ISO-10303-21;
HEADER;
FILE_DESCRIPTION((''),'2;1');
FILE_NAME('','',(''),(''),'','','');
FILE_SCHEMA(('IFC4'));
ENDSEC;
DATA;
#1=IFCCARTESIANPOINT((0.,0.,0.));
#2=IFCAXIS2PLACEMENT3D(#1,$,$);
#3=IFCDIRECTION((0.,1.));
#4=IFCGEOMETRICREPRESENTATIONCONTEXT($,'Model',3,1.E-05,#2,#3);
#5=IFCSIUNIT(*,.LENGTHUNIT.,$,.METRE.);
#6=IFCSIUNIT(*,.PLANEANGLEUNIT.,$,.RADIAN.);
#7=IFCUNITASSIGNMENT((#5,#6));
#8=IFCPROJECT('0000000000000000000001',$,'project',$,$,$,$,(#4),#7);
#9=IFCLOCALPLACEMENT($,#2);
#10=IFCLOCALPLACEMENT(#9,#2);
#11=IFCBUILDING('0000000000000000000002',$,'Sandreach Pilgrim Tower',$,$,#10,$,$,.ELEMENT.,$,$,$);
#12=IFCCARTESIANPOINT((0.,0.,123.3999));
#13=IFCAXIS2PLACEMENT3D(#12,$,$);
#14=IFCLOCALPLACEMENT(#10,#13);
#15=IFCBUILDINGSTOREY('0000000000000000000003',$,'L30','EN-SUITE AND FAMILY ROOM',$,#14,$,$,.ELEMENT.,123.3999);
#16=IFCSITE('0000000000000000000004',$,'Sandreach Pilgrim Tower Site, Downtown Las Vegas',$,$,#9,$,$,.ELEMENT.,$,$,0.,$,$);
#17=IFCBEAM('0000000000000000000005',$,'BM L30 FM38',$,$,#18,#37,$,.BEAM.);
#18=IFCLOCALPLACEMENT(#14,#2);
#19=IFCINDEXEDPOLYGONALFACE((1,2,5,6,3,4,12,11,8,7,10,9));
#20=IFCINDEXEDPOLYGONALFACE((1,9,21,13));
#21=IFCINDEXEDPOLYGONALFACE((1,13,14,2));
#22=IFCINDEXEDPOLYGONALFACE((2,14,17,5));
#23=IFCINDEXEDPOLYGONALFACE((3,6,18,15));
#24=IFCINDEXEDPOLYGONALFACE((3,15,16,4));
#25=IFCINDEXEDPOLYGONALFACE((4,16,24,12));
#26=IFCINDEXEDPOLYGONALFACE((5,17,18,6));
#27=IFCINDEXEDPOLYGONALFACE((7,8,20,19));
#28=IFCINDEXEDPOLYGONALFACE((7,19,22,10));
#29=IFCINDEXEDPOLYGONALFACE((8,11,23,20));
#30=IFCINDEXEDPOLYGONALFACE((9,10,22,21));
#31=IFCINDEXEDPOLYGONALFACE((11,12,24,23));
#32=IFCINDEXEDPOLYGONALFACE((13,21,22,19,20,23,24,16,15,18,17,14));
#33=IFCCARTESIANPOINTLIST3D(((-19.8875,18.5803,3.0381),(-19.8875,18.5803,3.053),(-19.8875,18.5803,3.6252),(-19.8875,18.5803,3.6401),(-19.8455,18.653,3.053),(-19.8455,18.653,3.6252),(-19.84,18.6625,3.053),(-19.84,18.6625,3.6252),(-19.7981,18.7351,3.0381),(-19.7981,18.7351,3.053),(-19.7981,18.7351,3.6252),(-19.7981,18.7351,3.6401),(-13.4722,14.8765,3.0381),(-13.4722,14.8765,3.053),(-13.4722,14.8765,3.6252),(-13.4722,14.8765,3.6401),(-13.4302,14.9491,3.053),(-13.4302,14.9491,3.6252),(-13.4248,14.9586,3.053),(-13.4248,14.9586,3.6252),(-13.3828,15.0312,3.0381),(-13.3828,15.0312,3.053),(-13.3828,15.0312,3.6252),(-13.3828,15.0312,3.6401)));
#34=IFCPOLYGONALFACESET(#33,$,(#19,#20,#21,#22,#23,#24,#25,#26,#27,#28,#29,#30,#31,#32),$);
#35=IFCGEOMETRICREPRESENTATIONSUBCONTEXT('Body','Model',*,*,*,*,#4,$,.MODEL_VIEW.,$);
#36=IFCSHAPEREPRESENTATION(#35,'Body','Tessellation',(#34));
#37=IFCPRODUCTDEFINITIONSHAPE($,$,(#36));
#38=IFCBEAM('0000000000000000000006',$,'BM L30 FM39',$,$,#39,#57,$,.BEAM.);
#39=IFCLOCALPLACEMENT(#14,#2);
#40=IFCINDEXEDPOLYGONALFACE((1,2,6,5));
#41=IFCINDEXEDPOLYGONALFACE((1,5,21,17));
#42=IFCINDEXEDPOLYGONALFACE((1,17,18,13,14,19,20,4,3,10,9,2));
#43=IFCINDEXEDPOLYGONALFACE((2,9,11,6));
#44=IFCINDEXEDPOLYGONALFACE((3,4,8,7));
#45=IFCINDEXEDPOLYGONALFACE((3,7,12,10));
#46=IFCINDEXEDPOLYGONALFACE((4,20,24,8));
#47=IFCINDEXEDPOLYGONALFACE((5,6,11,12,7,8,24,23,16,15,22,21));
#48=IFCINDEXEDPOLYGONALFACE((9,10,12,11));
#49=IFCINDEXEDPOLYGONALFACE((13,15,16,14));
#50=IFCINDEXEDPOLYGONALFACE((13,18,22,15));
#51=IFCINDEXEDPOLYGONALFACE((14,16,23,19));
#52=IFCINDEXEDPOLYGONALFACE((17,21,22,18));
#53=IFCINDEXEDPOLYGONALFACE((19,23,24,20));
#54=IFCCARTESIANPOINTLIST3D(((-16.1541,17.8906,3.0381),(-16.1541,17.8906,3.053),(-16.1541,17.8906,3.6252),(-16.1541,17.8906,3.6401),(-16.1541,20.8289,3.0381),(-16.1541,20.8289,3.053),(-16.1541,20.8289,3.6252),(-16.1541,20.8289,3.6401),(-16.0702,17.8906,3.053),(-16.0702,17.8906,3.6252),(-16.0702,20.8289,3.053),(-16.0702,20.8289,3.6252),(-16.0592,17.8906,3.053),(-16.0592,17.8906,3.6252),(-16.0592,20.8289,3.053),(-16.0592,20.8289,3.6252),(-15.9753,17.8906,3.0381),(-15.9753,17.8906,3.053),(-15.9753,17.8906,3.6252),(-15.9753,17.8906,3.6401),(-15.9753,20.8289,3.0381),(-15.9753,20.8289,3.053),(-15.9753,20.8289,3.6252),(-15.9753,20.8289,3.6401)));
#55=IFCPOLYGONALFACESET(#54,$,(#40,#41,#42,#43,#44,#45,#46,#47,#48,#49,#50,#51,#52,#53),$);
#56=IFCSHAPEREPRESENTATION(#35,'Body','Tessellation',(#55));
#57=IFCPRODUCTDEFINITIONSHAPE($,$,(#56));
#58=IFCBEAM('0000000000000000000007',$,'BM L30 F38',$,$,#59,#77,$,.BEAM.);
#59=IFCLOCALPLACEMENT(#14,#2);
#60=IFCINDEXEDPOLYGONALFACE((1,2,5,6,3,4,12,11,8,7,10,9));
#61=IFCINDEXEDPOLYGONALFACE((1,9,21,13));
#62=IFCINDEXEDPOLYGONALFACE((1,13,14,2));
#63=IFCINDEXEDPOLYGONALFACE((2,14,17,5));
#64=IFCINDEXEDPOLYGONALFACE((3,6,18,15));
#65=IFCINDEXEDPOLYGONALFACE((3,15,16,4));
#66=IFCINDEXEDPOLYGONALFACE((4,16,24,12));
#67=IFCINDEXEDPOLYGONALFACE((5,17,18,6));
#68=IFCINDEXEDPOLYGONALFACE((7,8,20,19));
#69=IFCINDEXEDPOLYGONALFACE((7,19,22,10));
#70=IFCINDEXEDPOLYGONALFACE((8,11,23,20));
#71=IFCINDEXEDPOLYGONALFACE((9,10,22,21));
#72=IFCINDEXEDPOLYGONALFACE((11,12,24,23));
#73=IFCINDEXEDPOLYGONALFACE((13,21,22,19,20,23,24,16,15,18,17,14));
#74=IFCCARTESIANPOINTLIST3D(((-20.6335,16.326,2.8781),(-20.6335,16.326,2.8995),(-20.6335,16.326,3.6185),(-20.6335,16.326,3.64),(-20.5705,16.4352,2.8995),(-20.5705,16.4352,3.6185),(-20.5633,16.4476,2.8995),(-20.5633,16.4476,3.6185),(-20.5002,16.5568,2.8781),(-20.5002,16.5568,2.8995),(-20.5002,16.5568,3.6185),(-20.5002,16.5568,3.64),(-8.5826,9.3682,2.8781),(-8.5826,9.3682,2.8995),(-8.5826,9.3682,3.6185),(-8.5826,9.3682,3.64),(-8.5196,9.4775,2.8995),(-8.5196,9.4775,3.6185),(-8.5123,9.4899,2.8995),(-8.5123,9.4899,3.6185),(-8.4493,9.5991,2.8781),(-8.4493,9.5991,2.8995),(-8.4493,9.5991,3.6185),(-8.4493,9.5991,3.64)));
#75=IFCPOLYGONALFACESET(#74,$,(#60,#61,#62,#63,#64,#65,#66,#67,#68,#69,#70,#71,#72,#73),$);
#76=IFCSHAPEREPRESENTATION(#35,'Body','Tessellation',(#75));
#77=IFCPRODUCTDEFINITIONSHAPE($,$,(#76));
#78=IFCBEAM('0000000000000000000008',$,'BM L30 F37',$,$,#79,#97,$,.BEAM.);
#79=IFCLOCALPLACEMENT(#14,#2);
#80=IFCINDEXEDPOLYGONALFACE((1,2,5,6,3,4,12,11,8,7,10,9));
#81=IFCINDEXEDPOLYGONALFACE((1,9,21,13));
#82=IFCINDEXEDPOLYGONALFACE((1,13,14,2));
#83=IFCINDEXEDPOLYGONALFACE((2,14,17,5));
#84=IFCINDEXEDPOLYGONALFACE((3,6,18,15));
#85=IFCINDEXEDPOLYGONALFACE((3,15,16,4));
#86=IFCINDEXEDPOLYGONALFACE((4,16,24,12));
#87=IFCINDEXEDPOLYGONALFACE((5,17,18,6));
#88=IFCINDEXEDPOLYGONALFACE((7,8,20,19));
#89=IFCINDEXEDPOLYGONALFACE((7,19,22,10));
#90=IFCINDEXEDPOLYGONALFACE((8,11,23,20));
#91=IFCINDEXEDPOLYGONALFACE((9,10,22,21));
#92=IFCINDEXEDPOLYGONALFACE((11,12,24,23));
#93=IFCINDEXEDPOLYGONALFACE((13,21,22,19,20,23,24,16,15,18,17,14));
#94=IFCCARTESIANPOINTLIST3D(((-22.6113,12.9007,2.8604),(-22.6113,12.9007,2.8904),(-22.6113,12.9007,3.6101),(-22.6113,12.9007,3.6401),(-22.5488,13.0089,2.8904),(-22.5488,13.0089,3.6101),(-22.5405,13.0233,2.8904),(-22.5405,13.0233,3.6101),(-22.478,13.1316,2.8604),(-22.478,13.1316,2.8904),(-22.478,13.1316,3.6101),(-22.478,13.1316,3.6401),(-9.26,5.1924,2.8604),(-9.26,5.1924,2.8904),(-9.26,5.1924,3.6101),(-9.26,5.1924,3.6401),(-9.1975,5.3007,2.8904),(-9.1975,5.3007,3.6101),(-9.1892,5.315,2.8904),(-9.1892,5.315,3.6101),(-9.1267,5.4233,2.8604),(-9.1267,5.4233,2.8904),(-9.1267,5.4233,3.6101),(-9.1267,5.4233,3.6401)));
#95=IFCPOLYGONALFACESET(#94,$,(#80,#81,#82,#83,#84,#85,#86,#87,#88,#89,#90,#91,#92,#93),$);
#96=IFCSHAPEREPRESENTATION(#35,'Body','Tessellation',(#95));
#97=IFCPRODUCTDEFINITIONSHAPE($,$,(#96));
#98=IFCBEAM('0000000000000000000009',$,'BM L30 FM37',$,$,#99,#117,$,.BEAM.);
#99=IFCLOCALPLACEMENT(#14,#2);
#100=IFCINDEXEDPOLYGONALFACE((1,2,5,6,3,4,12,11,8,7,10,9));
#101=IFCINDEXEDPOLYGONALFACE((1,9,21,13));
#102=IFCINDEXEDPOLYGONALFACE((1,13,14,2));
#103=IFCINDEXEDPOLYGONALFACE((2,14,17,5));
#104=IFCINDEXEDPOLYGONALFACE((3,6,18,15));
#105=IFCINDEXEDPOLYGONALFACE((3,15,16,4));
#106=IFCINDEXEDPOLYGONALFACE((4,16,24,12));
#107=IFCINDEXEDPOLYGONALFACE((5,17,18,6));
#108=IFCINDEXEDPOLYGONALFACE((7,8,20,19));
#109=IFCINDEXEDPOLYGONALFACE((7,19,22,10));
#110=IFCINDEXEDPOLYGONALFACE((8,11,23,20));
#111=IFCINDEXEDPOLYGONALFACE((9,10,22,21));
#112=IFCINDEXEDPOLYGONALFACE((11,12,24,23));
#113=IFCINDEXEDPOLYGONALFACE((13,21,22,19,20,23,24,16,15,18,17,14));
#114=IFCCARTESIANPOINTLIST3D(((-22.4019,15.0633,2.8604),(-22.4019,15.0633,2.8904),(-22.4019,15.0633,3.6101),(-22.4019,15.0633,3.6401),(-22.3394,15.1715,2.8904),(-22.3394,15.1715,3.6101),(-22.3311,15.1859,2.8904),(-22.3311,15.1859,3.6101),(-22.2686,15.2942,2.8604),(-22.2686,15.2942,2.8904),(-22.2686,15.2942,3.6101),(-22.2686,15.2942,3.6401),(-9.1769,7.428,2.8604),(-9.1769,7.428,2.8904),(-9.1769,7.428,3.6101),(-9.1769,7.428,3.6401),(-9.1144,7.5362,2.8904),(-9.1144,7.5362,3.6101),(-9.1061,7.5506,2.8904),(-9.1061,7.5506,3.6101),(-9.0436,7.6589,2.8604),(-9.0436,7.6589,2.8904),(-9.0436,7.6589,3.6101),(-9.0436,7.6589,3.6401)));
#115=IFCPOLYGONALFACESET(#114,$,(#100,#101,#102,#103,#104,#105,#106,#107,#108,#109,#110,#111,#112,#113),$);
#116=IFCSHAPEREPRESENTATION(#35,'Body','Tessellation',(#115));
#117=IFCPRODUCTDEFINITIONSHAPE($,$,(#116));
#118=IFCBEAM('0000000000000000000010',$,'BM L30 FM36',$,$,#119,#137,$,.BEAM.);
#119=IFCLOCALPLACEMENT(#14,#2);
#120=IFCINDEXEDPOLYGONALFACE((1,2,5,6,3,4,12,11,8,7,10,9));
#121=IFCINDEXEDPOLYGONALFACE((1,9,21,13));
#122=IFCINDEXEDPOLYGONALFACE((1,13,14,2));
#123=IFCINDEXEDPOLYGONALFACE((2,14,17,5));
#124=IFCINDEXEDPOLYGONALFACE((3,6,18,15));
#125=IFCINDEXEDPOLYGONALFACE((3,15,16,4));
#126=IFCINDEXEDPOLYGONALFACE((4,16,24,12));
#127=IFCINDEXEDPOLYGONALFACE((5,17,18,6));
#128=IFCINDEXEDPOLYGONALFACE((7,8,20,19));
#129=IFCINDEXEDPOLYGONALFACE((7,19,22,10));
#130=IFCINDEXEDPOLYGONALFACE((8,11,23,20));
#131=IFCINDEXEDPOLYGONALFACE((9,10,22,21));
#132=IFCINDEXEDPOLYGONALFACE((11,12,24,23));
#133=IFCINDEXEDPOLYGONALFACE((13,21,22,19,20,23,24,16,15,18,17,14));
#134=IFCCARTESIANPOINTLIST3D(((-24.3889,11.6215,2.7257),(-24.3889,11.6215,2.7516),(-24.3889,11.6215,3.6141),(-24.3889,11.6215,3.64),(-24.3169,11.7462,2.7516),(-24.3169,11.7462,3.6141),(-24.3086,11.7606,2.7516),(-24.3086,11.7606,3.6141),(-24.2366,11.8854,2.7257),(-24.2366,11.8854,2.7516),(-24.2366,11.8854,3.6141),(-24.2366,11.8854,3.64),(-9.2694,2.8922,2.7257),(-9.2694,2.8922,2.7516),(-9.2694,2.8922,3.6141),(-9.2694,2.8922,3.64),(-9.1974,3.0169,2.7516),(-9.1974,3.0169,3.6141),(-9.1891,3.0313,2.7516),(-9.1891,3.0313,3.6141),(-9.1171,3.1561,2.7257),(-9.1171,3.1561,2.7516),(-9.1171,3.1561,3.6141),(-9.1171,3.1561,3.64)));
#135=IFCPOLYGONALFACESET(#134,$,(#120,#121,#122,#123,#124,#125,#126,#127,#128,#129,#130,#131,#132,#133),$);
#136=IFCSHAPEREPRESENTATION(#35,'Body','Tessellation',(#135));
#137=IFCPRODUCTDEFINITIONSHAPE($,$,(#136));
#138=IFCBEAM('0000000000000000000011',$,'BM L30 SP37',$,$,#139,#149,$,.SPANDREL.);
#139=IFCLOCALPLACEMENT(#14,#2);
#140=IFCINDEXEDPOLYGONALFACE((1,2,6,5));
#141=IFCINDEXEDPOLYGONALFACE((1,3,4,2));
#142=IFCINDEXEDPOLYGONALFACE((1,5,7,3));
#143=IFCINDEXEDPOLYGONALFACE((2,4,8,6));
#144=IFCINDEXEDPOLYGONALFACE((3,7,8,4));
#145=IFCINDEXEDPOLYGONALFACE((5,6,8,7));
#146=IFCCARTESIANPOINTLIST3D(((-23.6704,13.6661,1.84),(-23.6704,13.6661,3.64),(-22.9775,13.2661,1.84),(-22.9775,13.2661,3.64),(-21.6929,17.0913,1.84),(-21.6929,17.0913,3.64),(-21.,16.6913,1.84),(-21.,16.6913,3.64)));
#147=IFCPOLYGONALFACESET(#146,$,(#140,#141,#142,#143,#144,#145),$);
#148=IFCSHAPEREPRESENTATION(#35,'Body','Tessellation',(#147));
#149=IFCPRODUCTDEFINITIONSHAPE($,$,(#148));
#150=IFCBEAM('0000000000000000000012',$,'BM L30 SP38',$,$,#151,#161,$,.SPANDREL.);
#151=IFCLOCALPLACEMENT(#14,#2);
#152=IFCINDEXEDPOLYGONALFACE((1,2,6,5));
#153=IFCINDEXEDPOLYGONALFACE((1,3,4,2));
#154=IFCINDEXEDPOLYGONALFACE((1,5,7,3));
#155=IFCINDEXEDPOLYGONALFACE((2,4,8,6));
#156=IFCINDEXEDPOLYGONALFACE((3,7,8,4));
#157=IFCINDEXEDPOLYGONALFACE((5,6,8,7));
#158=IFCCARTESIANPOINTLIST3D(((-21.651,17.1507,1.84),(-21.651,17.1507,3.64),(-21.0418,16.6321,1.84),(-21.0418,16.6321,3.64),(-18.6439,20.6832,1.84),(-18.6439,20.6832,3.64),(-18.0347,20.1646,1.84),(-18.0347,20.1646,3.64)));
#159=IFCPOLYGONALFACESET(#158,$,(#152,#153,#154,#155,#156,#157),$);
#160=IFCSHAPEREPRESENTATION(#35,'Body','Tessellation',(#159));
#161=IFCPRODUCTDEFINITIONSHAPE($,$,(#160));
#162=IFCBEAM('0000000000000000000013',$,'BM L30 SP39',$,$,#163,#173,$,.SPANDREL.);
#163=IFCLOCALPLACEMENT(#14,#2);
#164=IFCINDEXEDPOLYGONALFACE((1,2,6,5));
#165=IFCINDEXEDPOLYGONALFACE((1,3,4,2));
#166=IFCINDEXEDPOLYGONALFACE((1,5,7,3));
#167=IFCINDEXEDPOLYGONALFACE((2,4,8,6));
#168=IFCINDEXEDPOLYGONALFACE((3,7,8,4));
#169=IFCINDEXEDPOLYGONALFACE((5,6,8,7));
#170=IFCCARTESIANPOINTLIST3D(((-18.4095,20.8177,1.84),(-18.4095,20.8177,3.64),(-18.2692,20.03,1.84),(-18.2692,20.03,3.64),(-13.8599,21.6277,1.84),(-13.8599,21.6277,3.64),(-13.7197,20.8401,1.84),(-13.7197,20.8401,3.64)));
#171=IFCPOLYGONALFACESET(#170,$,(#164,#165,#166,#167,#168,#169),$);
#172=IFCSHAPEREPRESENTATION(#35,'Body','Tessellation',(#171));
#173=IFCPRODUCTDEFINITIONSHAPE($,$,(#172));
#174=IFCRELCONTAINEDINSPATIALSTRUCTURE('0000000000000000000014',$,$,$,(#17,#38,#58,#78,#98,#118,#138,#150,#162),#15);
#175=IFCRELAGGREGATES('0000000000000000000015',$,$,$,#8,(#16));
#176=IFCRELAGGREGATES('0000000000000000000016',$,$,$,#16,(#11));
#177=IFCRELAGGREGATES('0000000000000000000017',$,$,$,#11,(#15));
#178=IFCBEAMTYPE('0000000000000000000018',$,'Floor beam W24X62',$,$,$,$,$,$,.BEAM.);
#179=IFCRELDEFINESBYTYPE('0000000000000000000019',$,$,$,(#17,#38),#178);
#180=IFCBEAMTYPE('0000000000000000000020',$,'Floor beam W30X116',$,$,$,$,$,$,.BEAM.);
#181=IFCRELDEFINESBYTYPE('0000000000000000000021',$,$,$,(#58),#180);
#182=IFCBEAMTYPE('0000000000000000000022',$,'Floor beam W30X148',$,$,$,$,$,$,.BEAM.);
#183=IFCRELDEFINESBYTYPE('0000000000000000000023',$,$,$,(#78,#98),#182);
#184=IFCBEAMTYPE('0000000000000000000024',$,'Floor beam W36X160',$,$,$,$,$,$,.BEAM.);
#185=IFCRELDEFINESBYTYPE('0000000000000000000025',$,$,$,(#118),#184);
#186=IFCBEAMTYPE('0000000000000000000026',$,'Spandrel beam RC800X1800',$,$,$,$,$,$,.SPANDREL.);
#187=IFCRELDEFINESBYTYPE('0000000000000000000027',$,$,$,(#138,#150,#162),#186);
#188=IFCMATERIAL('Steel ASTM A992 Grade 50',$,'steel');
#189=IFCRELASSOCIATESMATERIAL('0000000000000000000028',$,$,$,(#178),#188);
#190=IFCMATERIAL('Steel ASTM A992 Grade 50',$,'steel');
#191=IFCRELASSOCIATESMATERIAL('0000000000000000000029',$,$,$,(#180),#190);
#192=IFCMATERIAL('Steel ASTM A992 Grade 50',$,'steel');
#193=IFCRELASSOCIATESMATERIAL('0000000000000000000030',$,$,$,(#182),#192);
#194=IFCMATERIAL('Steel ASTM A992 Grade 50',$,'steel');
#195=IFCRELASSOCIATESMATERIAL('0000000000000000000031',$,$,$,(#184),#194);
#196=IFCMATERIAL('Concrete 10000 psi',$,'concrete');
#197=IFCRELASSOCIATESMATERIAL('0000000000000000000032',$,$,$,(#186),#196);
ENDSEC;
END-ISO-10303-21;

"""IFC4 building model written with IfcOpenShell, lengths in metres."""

from ifc_helpers import new_model, si_unit, direction, frame, origin, origin_2d, place, context, subcontext, project, spatial, rectangle, i_section, extrude, material, material_profile, profile_set, type_object, element, save


model = new_model("IFC4")

# Units and contexts
model_context = context("Model", 3, precision=1e-05, world=origin(), true_north=direction((0.0, 1.0)))
body_context = subcontext(model_context, "Body", "Model", "MODEL_VIEW")
ifc_project = project(units=[si_unit("LENGTHUNIT", "METRE"), si_unit("PLANEANGLEUNIT", "RADIAN")], contexts=[model_context])

# Site, building, storey
site_placement = place(None, origin())
site = spatial("IfcSite", under=ifc_project, at=site_placement, Name="Sandreach Pilgrim Tower Site, Downtown Las Vegas", CompositionType="ELEMENT", RefElevation=0.0)
building_placement = place(site_placement, origin())
building = spatial("IfcBuilding", under=site, at=building_placement, Name="Sandreach Pilgrim Tower", CompositionType="ELEMENT")
storey_placement = place(building_placement, frame((0.0, 0.0, 123.3999)))
storey = spatial("IfcBuildingStorey", under=building, at=storey_placement, Name="L30", Description="EN-SUITE AND FAMILY ROOM", CompositionType="ELEMENT", Elevation=123.3999)

# Beams
ifc_material_1 = material(Name="Steel ASTM A992 Grade 50", Category="steel")
ifc_material_profile_1 = material_profile(ifc_material_1, i_section(OverallWidth=0.1787, OverallDepth=0.6021, WebThickness=0.011, FlangeThickness=0.0149, at=origin_2d()), Name="W24X62")
ifc_profile_set_1 = profile_set([ifc_material_profile_1], Name="Steel ASTM A992 Grade 50")
beam_type_1 = type_object("IfcBeamType", Name="Floor beam W24X62", PredefinedType="BEAM", material=ifc_profile_set_1)
beam_1_placement = place(storey_placement, frame((-19.8428, 18.6577, 3.3391), z_axis=(0.866026, -0.499999, 0.0), x_axis=(0.499999, 0.866026, 0.0)))
element("IfcBeam", 1, at=beam_1_placement, inside=storey, type_object=beam_type_1, Name="BM L30 FM38", PredefinedType="BEAM", context=body_context, shape_type="SweptSolid", body=[
    extrude(i_section(OverallWidth=0.1787, OverallDepth=0.6021, WebThickness=0.011, FlangeThickness=0.0149, at=origin_2d()), origin(), (0.0, 0.0, 1.0), 7.4077),
])
beam_2_placement = place(storey_placement, frame((-16.0647, 20.8289, 3.3391), z_axis=(0.0, -1.0, 0.0), x_axis=(1.0, 0.0, 0.0)))
element("IfcBeam", 2, at=beam_2_placement, inside=storey, type_object=beam_type_1, Name="BM L30 FM39", PredefinedType="BEAM", context=body_context, shape_type="SweptSolid", body=[
    extrude(i_section(OverallWidth=0.1787, OverallDepth=0.6021, WebThickness=0.011, FlangeThickness=0.0149, at=origin_2d()), origin(), (0.0, 0.0, 1.0), 2.9382),
])
ifc_material_2 = material(Name="Steel ASTM A992 Grade 50", Category="steel")
ifc_material_profile_2 = material_profile(ifc_material_2, i_section(OverallWidth=0.2666, OverallDepth=0.762, WebThickness=0.0144, FlangeThickness=0.0215, at=origin_2d()), Name="W30X116")
ifc_profile_set_2 = profile_set([ifc_material_profile_2], Name="Steel ASTM A992 Grade 50")
beam_type_2 = type_object("IfcBeamType", Name="Floor beam W30X116", PredefinedType="BEAM", material=ifc_profile_set_2)
beam_3_placement = place(storey_placement, frame((-20.5669, 16.4414, 3.259), z_axis=(0.866022, -0.500005, 0.0), x_axis=(0.500005, 0.866022, 0.0)))
element("IfcBeam", 3, at=beam_3_placement, inside=storey, type_object=beam_type_2, Name="BM L30 F38", PredefinedType="BEAM", context=body_context, shape_type="SweptSolid", body=[
    extrude(i_section(OverallWidth=0.2666, OverallDepth=0.762, WebThickness=0.0144, FlangeThickness=0.0215, at=origin_2d()), origin(), (0.0, 0.0, 1.0), 13.9153),
])
ifc_material_3 = material(Name="Steel ASTM A992 Grade 50", Category="steel")
ifc_material_profile_3 = material_profile(ifc_material_3, i_section(OverallWidth=0.2666, OverallDepth=0.7798, WebThickness=0.0166, FlangeThickness=0.03, at=origin_2d()), Name="W30X148")
ifc_profile_set_3 = profile_set([ifc_material_profile_3], Name="Steel ASTM A992 Grade 50")
beam_type_3 = type_object("IfcBeamType", Name="Floor beam W30X148", PredefinedType="BEAM", material=ifc_profile_set_3)
beam_4_placement = place(storey_placement, frame((-22.5447, 13.0161, 3.2502), z_axis=(0.866029, -0.499993, 0.0), x_axis=(0.499993, 0.866029, 0.0)))
element("IfcBeam", 4, at=beam_4_placement, inside=storey, type_object=beam_type_3, Name="BM L30 F37", PredefinedType="BEAM", context=body_context, shape_type="SweptSolid", body=[
    extrude(i_section(OverallWidth=0.2666, OverallDepth=0.7798, WebThickness=0.0166, FlangeThickness=0.03, at=origin_2d()), origin(), (0.0, 0.0, 1.0), 15.4167),
])
beam_5_placement = place(storey_placement, frame((-22.3352, 15.1787, 3.2502), z_axis=(0.866029, -0.499994, 0.0), x_axis=(0.499994, 0.866029, 0.0)))
element("IfcBeam", 5, at=beam_5_placement, inside=storey, type_object=beam_type_3, Name="BM L30 FM37", PredefinedType="BEAM", context=body_context, shape_type="SweptSolid", body=[
    extrude(i_section(OverallWidth=0.2666, OverallDepth=0.7798, WebThickness=0.0166, FlangeThickness=0.03, at=origin_2d()), origin(), (0.0, 0.0, 1.0), 15.2708),
])
ifc_material_4 = material(Name="Steel ASTM A992 Grade 50", Category="steel")
ifc_material_profile_4 = material_profile(ifc_material_4, i_section(OverallWidth=0.3047, OverallDepth=0.9143, WebThickness=0.0166, FlangeThickness=0.0259, at=origin_2d()), Name="W36X160")
ifc_profile_set_4 = profile_set([ifc_material_profile_4], Name="Steel ASTM A992 Grade 50")
beam_type_4 = type_object("IfcBeamType", Name="Floor beam W36X160", PredefinedType="BEAM", material=ifc_profile_set_4)
beam_6_placement = place(storey_placement, frame((-24.3127, 11.7534, 3.1829), z_axis=(0.866024, -0.500003, 0.0), x_axis=(0.500003, 0.866024, 0.0)))
element("IfcBeam", 6, at=beam_6_placement, inside=storey, type_object=beam_type_4, Name="BM L30 FM36", PredefinedType="BEAM", context=body_context, shape_type="SweptSolid", body=[
    extrude(i_section(OverallWidth=0.3047, OverallDepth=0.9143, WebThickness=0.0166, FlangeThickness=0.0259, at=origin_2d()), origin(), (0.0, 0.0, 1.0), 17.4585),
])
ifc_material_5 = material(Name="Concrete 10000 psi", Category="concrete")
ifc_material_profile_5 = material_profile(ifc_material_5, rectangle(XDim=0.8, YDim=1.8, at=origin_2d()), Name="RC800X1800")
ifc_profile_set_5 = profile_set([ifc_material_profile_5], Name="Concrete 10000 psi")
beam_type_5 = type_object("IfcBeamType", Name="Spandrel beam RC800X1800", PredefinedType="SPANDREL", material=ifc_profile_set_5)
beam_7_placement = place(storey_placement, frame((-23.324, 13.4661, 2.74), z_axis=(0.49999, 0.866031, 0.0), x_axis=(-0.866031, 0.49999, 0.0)))
element("IfcBeam", 7, at=beam_7_placement, inside=storey, type_object=beam_type_5, Name="BM L30 SP37", PredefinedType="SPANDREL", context=body_context, shape_type="SweptSolid", body=[
    extrude(rectangle(XDim=0.8, YDim=1.8, at=origin_2d()), origin(), (0.0, 0.0, 1.0), 3.9551),
])
beam_8_placement = place(storey_placement, frame((-21.3464, 16.8914, 2.74), z_axis=(0.648209, 0.761463, 0.0), x_axis=(-0.761463, 0.648209, 0.0)))
element("IfcBeam", 8, at=beam_8_placement, inside=storey, type_object=beam_type_5, Name="BM L30 SP38", PredefinedType="SPANDREL", context=body_context, shape_type="SweptSolid", body=[
    extrude(rectangle(XDim=0.8, YDim=1.8, at=origin_2d()), origin(), (0.0, 0.0, 1.0), 4.6392),
])
beam_9_placement = place(storey_placement, frame((-18.3394, 20.4238, 2.74), z_axis=(0.984516, 0.175295, 0.0), x_axis=(-0.175295, 0.984516, 0.0)))
element("IfcBeam", 9, at=beam_9_placement, inside=storey, type_object=beam_type_5, Name="BM L30 SP39", PredefinedType="SPANDREL", context=body_context, shape_type="SweptSolid", body=[
    extrude(rectangle(XDim=0.8, YDim=1.8, at=origin_2d()), origin(), (0.0, 0.0, 1.0), 4.6211),
])

save(model, "model.ifc")
